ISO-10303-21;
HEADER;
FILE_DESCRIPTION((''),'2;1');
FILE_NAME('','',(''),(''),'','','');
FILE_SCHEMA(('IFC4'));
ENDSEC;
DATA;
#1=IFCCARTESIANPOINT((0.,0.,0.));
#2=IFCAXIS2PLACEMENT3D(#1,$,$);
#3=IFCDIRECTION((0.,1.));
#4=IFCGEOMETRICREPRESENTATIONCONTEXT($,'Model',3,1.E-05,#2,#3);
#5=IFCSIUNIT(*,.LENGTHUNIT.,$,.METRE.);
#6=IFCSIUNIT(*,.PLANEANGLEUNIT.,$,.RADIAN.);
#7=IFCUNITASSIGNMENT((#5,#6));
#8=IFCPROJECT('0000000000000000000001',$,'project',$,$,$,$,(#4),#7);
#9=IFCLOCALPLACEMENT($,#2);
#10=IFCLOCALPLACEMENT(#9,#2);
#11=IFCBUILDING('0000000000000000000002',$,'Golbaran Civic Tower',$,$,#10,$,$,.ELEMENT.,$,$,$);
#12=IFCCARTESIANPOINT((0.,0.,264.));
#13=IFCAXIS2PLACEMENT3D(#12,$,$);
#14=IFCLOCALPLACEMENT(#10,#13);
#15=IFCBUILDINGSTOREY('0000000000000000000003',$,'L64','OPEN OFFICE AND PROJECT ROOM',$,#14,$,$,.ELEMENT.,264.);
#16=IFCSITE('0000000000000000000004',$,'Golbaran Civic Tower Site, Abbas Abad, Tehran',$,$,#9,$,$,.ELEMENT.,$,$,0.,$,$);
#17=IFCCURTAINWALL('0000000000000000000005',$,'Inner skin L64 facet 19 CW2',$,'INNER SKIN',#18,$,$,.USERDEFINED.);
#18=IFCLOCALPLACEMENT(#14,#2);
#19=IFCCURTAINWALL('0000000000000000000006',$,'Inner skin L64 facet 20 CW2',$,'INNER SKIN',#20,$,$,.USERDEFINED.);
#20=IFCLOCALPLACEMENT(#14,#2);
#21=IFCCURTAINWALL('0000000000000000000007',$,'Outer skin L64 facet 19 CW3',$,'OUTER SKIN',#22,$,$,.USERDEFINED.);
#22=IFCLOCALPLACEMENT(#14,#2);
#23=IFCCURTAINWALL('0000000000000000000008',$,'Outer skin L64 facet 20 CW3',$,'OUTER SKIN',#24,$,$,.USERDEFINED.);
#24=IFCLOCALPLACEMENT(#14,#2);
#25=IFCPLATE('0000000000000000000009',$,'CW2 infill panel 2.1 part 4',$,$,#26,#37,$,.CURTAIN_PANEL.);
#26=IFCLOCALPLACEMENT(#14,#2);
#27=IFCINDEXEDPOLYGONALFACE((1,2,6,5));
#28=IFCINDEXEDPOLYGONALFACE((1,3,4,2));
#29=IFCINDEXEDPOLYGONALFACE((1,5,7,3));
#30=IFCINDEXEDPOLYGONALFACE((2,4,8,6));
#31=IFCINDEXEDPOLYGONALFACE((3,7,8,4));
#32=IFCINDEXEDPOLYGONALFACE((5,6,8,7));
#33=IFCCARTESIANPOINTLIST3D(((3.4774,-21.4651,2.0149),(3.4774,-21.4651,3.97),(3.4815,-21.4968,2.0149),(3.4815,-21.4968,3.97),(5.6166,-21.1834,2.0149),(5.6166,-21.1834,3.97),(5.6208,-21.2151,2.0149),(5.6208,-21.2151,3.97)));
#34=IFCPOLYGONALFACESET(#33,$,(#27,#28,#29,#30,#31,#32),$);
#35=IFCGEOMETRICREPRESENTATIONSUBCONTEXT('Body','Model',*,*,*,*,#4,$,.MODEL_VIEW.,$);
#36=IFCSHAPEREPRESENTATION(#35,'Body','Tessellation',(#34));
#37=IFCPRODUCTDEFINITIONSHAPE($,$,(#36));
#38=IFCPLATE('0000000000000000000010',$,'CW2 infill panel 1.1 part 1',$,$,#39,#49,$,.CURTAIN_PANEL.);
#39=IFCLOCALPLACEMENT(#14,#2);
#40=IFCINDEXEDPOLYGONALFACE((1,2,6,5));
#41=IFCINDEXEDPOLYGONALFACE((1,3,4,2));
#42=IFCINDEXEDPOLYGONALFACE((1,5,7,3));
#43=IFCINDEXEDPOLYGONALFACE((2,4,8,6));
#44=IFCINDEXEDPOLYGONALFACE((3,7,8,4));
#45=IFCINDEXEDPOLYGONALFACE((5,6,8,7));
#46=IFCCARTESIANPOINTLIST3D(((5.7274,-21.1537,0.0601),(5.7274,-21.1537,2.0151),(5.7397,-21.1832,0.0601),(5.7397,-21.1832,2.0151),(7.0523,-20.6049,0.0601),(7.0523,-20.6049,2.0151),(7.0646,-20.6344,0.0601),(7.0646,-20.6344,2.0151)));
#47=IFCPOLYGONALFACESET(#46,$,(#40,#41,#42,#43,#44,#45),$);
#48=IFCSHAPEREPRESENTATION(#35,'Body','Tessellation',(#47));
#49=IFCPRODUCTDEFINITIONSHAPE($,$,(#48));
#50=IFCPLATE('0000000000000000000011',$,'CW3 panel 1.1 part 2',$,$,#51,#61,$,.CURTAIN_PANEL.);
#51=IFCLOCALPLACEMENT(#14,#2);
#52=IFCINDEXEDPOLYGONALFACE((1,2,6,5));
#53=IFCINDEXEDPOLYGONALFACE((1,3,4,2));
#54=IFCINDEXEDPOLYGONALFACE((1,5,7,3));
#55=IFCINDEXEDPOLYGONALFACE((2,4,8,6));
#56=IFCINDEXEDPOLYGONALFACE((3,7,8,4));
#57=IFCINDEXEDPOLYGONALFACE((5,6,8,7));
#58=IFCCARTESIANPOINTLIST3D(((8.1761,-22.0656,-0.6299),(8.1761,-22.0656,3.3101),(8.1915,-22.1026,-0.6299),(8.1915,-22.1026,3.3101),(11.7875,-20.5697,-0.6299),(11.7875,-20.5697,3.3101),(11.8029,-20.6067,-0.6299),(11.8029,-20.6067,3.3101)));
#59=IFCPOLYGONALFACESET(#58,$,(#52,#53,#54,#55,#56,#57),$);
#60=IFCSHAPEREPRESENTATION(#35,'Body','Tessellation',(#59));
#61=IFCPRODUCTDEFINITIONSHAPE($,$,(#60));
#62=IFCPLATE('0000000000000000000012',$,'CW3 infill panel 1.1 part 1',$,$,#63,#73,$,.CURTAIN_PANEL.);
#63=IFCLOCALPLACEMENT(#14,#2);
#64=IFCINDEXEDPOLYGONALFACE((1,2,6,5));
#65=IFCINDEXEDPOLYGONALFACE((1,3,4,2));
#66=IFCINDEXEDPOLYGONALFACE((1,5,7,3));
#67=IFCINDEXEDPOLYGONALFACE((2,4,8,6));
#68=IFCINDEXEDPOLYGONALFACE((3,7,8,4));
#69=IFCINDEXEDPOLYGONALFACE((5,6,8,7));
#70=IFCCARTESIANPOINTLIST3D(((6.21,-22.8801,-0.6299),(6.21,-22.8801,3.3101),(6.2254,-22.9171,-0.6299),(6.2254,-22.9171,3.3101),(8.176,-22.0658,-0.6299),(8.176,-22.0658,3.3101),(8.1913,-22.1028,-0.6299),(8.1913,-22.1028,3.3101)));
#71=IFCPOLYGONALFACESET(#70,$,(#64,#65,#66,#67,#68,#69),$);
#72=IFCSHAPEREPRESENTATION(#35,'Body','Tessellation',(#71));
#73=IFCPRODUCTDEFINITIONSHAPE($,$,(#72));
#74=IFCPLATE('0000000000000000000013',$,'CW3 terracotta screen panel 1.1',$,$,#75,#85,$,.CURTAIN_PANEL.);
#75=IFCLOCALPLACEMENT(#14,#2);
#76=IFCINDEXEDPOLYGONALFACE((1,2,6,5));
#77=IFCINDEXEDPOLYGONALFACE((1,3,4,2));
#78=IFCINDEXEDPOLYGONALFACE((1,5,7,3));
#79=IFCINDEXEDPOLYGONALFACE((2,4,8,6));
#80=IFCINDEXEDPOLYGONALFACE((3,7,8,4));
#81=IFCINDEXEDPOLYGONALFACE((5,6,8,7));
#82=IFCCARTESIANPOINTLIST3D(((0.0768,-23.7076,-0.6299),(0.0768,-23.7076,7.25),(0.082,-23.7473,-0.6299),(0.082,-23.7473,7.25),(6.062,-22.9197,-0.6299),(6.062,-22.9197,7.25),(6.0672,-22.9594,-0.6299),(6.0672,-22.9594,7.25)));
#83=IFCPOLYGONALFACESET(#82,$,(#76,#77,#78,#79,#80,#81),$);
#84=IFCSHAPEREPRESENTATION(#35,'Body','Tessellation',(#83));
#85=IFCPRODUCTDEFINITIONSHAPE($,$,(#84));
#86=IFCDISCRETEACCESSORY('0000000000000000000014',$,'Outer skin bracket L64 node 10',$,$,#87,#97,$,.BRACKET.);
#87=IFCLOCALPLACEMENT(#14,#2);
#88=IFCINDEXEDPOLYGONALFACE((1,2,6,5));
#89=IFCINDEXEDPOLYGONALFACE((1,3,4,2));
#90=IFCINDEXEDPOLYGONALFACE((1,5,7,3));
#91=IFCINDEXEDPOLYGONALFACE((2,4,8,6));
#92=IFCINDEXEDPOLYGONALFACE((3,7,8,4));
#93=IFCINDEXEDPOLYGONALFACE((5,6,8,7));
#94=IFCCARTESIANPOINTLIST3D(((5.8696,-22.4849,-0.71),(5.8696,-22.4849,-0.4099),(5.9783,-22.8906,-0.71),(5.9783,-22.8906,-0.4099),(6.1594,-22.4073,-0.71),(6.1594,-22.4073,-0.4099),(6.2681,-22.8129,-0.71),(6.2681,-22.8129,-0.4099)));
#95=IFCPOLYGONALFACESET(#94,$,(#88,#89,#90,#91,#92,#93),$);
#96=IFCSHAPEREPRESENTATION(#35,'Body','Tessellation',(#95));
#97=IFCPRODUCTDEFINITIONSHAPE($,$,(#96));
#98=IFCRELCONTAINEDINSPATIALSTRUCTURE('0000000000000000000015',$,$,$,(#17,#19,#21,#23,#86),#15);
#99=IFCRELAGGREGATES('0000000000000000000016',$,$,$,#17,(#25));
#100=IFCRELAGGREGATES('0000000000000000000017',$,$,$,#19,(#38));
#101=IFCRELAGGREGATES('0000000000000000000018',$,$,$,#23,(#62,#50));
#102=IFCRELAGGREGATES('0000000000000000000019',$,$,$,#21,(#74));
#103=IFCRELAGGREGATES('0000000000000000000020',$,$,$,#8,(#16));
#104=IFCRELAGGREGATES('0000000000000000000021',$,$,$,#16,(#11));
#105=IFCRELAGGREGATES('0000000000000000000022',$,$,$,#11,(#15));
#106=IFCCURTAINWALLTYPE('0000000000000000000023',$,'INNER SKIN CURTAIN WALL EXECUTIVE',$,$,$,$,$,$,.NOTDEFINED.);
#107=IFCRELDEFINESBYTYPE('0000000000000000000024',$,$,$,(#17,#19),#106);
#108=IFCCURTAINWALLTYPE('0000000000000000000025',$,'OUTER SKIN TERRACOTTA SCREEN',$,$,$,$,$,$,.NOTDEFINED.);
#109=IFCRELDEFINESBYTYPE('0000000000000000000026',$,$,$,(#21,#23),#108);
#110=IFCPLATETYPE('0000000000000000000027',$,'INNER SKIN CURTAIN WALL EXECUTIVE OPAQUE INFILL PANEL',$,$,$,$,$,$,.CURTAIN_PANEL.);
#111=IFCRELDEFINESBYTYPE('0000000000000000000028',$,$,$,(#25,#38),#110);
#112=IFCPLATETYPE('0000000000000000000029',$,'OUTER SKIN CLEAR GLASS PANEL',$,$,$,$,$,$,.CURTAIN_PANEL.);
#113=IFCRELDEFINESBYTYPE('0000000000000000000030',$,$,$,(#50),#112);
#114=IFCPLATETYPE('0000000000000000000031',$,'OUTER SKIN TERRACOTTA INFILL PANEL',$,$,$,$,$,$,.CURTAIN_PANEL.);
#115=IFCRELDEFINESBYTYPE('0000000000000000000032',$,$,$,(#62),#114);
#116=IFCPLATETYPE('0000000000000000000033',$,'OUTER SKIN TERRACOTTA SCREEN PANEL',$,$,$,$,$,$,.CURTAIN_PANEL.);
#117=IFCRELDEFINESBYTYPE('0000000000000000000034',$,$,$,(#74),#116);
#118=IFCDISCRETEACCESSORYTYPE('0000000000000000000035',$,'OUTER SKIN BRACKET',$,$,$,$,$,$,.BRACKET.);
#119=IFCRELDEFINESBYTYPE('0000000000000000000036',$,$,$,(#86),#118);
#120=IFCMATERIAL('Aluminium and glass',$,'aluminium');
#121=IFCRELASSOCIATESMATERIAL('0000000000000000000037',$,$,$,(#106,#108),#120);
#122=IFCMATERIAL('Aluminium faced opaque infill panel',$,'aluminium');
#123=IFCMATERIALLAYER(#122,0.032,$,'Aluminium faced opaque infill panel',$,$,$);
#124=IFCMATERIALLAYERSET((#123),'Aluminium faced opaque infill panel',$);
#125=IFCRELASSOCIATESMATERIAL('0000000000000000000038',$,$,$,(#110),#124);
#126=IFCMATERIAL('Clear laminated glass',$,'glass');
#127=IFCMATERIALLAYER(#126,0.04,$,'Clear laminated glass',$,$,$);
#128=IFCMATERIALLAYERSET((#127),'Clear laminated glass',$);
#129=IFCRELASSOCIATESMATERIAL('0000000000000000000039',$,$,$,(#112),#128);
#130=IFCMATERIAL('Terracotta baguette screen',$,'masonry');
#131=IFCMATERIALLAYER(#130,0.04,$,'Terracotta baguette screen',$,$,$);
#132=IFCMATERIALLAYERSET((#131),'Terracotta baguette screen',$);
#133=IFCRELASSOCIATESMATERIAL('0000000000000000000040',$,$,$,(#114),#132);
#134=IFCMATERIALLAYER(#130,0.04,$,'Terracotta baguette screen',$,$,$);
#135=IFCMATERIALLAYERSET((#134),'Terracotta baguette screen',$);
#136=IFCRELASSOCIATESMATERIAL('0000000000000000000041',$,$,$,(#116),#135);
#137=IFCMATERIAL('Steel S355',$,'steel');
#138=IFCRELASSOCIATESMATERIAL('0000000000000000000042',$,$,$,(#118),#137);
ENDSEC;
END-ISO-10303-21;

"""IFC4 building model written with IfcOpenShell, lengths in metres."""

from ifc_helpers import new_model, si_unit, direction, frame, origin, origin_2d, place, context, subcontext, project, spatial, rectangle, extrude, material, layer, layer_set, type_object, element, aggregate, save


model = new_model("IFC4")

# Units and contexts
model_context = context("Model", 3, precision=1e-05, world=origin(), true_north=direction((0.0, 1.0)))
body_context = subcontext(model_context, "Body", "Model", "MODEL_VIEW")
ifc_project = project(units=[si_unit("LENGTHUNIT", "METRE"), si_unit("PLANEANGLEUNIT", "RADIAN")], contexts=[model_context])

# Site, building, storey
site_placement = place(None, origin())
site = spatial("IfcSite", under=ifc_project, at=site_placement, Name="Golbaran Civic Tower Site, Abbas Abad, Tehran", CompositionType="ELEMENT", RefElevation=0.0)
building_placement = place(site_placement, origin())
building = spatial("IfcBuilding", under=site, at=building_placement, Name="Golbaran Civic Tower", CompositionType="ELEMENT")
storey_placement = place(building_placement, frame((0.0, 0.0, 264.0)))
storey = spatial("IfcBuildingStorey", under=building, at=storey_placement, Name="L64", Description="OPEN OFFICE AND PROJECT ROOM", CompositionType="ELEMENT", Elevation=264.0)

# Shared definitions
ifc_material_1 = material(Name="Steel S355", Category="steel")

# Shared definitions
ifc_material_2 = material(Name="Aluminium and glass", Category="aluminium")
curtain_wall_type_1 = type_object("IfcCurtainWallType", Name="INNER SKIN CURTAIN WALL EXECUTIVE", PredefinedType="NOTDEFINED", material=ifc_material_2)

# Curtain wall
curtain_wall_1_placement = place(storey_placement, origin())
curtain_wall_1 = element("IfcCurtainWall", 1, at=curtain_wall_1_placement, inside=storey, type_object=curtain_wall_type_1, Name="Inner skin L64 facet 19 CW2", ObjectType="INNER SKIN", PredefinedType="USERDEFINED")

# Curtain wall
curtain_wall_2_placement = place(storey_placement, origin())
curtain_wall_2 = element("IfcCurtainWall", 2, at=curtain_wall_2_placement, inside=storey, type_object=curtain_wall_type_1, Name="Inner skin L64 facet 20 CW2", ObjectType="INNER SKIN", PredefinedType="USERDEFINED")

# Shared definitions
curtain_wall_type_2 = type_object("IfcCurtainWallType", Name="OUTER SKIN TERRACOTTA SCREEN", PredefinedType="NOTDEFINED", material=ifc_material_2)

# Curtain walls
curtain_wall_3_placement = place(storey_placement, origin())
curtain_wall_3 = element("IfcCurtainWall", 3, at=curtain_wall_3_placement, inside=storey, type_object=curtain_wall_type_2, Name="Outer skin L64 facet 19 CW3", ObjectType="OUTER SKIN", PredefinedType="USERDEFINED")
curtain_wall_4_placement = place(storey_placement, origin())
curtain_wall_4 = element("IfcCurtainWall", 4, at=curtain_wall_4_placement, inside=storey, type_object=curtain_wall_type_2, Name="Outer skin L64 facet 20 CW3", ObjectType="OUTER SKIN", PredefinedType="USERDEFINED")

# Plates
ifc_material_3 = material(Name="Aluminium faced opaque infill panel", Category="aluminium")
ifc_layer_1 = layer(ifc_material_3, 0.032, Name="Aluminium faced opaque infill panel")
ifc_layer_set_1 = layer_set([ifc_layer_1], Name="Aluminium faced opaque infill panel")
plate_type_1 = type_object("IfcPlateType", Name="INNER SKIN CURTAIN WALL EXECUTIVE OPAQUE INFILL PANEL", PredefinedType="CURTAIN_PANEL", material=ifc_layer_set_1)
plate_1_placement = place(storey_placement, frame((4.5491, -21.3401, 2.0149), z_axis=(0.0, 0.0, 1.0), x_axis=(0.991445, 0.130526, 0.0)))
plate_1 = element("IfcPlate", 5, at=plate_1_placement, type_object=plate_type_1, Name="CW2 infill panel 2.1 part 4", PredefinedType="CURTAIN_PANEL", context=body_context, shape_type="SweptSolid", body=[
    extrude(rectangle(XDim=2.1577, YDim=0.032, at=origin_2d()), origin(), (0.0, 0.0, 1.0), 1.9551),
])
aggregate(curtain_wall_1, [plate_1])
plate_2_placement = place(storey_placement, frame((6.396, -20.894, 0.0601), z_axis=(0.0, 0.0, 1.0), x_axis=(0.92388, 0.382683, 0.0)))
plate_2 = element("IfcPlate", 6, at=plate_2_placement, type_object=plate_type_1, Name="CW2 infill panel 1.1 part 1", PredefinedType="CURTAIN_PANEL", context=body_context, shape_type="SweptSolid", body=[
    extrude(rectangle(XDim=1.4341, YDim=0.032, at=origin_2d()), origin(), (0.0, 0.0, 1.0), 1.9551),
])
aggregate(curtain_wall_2, [plate_2])
ifc_material_4 = material(Name="Clear laminated glass", Category="glass")
ifc_layer_2 = layer(ifc_material_4, 0.04, Name="Clear laminated glass")
ifc_layer_set_2 = layer_set([ifc_layer_2], Name="Clear laminated glass")
plate_type_2 = type_object("IfcPlateType", Name="OUTER SKIN CLEAR GLASS PANEL", PredefinedType="CURTAIN_PANEL", material=ifc_layer_set_2)
plate_3_placement = place(storey_placement, frame((9.9895, -21.3362, -0.6299), z_axis=(0.0, 0.0, 1.0), x_axis=(0.92388, 0.382683, 0.0)))
plate_3 = element("IfcPlate", 7, at=plate_3_placement, type_object=plate_type_2, Name="CW3 panel 1.1 part 2", PredefinedType="CURTAIN_PANEL", context=body_context, shape_type="SweptSolid", body=[
    extrude(rectangle(XDim=3.9089, YDim=0.04, at=origin_2d()), origin(), (0.0, 0.0, 1.0), 3.9399),
])
ifc_material_5 = material(Name="Terracotta baguette screen", Category="masonry")
ifc_layer_3 = layer(ifc_material_5, 0.04, Name="Terracotta baguette screen")
ifc_layer_set_3 = layer_set([ifc_layer_3], Name="Terracotta baguette screen")
plate_type_3 = type_object("IfcPlateType", Name="OUTER SKIN TERRACOTTA INFILL PANEL", PredefinedType="CURTAIN_PANEL", material=ifc_layer_set_3)
plate_4_placement = place(storey_placement, frame((7.2007, -22.4915, -0.6299), z_axis=(0.0, 0.0, 1.0), x_axis=(0.92388, 0.382683, 0.0)))
plate_4 = element("IfcPlate", 8, at=plate_4_placement, type_object=plate_type_3, Name="CW3 infill panel 1.1 part 1", PredefinedType="CURTAIN_PANEL", context=body_context, shape_type="SweptSolid", body=[
    extrude(rectangle(XDim=2.1279, YDim=0.04, at=origin_2d()), origin(), (0.0, 0.0, 1.0), 3.9399),
])
aggregate(curtain_wall_4, [plate_4, plate_3])
ifc_layer_4 = layer(ifc_material_5, 0.04, Name="Terracotta baguette screen")
ifc_layer_set_4 = layer_set([ifc_layer_4], Name="Terracotta baguette screen")
plate_type_4 = type_object("IfcPlateType", Name="OUTER SKIN TERRACOTTA SCREEN PANEL", PredefinedType="CURTAIN_PANEL", material=ifc_layer_set_4)
plate_5_placement = place(storey_placement, frame((3.072, -23.3335, -0.6299), z_axis=(0.0, 0.0, 1.0), x_axis=(0.991445, 0.130526, 0.0)))
plate_5 = element("IfcPlate", 9, at=plate_5_placement, type_object=plate_type_4, Name="CW3 terracotta screen panel 1.1", PredefinedType="CURTAIN_PANEL", context=body_context, shape_type="SweptSolid", body=[
    extrude(rectangle(XDim=6.0369, YDim=0.04, at=origin_2d()), origin(), (0.0, 0.0, 1.0), 7.8799),
])
aggregate(curtain_wall_3, [plate_5])

# Discrete accessory
discrete_accessory_type = type_object("IfcDiscreteAccessoryType", Name="OUTER SKIN BRACKET", PredefinedType="BRACKET", material=ifc_material_1)
discrete_accessory_placement = place(storey_placement, frame((6.0688, -22.6489, -0.71), z_axis=(0.0, 0.0, 1.0), x_axis=(0.258819, -0.965926, 0.0)))
element("IfcDiscreteAccessory", 10, at=discrete_accessory_placement, inside=storey, type_object=discrete_accessory_type, Name="Outer skin bracket L64 node 10", PredefinedType="BRACKET", context=body_context, shape_type="SweptSolid", body=[
    extrude(rectangle(XDim=0.4199, YDim=0.3, at=origin_2d()), origin(), (0.0, 0.0, 1.0), 0.3),
])

save(model, "model.ifc")
